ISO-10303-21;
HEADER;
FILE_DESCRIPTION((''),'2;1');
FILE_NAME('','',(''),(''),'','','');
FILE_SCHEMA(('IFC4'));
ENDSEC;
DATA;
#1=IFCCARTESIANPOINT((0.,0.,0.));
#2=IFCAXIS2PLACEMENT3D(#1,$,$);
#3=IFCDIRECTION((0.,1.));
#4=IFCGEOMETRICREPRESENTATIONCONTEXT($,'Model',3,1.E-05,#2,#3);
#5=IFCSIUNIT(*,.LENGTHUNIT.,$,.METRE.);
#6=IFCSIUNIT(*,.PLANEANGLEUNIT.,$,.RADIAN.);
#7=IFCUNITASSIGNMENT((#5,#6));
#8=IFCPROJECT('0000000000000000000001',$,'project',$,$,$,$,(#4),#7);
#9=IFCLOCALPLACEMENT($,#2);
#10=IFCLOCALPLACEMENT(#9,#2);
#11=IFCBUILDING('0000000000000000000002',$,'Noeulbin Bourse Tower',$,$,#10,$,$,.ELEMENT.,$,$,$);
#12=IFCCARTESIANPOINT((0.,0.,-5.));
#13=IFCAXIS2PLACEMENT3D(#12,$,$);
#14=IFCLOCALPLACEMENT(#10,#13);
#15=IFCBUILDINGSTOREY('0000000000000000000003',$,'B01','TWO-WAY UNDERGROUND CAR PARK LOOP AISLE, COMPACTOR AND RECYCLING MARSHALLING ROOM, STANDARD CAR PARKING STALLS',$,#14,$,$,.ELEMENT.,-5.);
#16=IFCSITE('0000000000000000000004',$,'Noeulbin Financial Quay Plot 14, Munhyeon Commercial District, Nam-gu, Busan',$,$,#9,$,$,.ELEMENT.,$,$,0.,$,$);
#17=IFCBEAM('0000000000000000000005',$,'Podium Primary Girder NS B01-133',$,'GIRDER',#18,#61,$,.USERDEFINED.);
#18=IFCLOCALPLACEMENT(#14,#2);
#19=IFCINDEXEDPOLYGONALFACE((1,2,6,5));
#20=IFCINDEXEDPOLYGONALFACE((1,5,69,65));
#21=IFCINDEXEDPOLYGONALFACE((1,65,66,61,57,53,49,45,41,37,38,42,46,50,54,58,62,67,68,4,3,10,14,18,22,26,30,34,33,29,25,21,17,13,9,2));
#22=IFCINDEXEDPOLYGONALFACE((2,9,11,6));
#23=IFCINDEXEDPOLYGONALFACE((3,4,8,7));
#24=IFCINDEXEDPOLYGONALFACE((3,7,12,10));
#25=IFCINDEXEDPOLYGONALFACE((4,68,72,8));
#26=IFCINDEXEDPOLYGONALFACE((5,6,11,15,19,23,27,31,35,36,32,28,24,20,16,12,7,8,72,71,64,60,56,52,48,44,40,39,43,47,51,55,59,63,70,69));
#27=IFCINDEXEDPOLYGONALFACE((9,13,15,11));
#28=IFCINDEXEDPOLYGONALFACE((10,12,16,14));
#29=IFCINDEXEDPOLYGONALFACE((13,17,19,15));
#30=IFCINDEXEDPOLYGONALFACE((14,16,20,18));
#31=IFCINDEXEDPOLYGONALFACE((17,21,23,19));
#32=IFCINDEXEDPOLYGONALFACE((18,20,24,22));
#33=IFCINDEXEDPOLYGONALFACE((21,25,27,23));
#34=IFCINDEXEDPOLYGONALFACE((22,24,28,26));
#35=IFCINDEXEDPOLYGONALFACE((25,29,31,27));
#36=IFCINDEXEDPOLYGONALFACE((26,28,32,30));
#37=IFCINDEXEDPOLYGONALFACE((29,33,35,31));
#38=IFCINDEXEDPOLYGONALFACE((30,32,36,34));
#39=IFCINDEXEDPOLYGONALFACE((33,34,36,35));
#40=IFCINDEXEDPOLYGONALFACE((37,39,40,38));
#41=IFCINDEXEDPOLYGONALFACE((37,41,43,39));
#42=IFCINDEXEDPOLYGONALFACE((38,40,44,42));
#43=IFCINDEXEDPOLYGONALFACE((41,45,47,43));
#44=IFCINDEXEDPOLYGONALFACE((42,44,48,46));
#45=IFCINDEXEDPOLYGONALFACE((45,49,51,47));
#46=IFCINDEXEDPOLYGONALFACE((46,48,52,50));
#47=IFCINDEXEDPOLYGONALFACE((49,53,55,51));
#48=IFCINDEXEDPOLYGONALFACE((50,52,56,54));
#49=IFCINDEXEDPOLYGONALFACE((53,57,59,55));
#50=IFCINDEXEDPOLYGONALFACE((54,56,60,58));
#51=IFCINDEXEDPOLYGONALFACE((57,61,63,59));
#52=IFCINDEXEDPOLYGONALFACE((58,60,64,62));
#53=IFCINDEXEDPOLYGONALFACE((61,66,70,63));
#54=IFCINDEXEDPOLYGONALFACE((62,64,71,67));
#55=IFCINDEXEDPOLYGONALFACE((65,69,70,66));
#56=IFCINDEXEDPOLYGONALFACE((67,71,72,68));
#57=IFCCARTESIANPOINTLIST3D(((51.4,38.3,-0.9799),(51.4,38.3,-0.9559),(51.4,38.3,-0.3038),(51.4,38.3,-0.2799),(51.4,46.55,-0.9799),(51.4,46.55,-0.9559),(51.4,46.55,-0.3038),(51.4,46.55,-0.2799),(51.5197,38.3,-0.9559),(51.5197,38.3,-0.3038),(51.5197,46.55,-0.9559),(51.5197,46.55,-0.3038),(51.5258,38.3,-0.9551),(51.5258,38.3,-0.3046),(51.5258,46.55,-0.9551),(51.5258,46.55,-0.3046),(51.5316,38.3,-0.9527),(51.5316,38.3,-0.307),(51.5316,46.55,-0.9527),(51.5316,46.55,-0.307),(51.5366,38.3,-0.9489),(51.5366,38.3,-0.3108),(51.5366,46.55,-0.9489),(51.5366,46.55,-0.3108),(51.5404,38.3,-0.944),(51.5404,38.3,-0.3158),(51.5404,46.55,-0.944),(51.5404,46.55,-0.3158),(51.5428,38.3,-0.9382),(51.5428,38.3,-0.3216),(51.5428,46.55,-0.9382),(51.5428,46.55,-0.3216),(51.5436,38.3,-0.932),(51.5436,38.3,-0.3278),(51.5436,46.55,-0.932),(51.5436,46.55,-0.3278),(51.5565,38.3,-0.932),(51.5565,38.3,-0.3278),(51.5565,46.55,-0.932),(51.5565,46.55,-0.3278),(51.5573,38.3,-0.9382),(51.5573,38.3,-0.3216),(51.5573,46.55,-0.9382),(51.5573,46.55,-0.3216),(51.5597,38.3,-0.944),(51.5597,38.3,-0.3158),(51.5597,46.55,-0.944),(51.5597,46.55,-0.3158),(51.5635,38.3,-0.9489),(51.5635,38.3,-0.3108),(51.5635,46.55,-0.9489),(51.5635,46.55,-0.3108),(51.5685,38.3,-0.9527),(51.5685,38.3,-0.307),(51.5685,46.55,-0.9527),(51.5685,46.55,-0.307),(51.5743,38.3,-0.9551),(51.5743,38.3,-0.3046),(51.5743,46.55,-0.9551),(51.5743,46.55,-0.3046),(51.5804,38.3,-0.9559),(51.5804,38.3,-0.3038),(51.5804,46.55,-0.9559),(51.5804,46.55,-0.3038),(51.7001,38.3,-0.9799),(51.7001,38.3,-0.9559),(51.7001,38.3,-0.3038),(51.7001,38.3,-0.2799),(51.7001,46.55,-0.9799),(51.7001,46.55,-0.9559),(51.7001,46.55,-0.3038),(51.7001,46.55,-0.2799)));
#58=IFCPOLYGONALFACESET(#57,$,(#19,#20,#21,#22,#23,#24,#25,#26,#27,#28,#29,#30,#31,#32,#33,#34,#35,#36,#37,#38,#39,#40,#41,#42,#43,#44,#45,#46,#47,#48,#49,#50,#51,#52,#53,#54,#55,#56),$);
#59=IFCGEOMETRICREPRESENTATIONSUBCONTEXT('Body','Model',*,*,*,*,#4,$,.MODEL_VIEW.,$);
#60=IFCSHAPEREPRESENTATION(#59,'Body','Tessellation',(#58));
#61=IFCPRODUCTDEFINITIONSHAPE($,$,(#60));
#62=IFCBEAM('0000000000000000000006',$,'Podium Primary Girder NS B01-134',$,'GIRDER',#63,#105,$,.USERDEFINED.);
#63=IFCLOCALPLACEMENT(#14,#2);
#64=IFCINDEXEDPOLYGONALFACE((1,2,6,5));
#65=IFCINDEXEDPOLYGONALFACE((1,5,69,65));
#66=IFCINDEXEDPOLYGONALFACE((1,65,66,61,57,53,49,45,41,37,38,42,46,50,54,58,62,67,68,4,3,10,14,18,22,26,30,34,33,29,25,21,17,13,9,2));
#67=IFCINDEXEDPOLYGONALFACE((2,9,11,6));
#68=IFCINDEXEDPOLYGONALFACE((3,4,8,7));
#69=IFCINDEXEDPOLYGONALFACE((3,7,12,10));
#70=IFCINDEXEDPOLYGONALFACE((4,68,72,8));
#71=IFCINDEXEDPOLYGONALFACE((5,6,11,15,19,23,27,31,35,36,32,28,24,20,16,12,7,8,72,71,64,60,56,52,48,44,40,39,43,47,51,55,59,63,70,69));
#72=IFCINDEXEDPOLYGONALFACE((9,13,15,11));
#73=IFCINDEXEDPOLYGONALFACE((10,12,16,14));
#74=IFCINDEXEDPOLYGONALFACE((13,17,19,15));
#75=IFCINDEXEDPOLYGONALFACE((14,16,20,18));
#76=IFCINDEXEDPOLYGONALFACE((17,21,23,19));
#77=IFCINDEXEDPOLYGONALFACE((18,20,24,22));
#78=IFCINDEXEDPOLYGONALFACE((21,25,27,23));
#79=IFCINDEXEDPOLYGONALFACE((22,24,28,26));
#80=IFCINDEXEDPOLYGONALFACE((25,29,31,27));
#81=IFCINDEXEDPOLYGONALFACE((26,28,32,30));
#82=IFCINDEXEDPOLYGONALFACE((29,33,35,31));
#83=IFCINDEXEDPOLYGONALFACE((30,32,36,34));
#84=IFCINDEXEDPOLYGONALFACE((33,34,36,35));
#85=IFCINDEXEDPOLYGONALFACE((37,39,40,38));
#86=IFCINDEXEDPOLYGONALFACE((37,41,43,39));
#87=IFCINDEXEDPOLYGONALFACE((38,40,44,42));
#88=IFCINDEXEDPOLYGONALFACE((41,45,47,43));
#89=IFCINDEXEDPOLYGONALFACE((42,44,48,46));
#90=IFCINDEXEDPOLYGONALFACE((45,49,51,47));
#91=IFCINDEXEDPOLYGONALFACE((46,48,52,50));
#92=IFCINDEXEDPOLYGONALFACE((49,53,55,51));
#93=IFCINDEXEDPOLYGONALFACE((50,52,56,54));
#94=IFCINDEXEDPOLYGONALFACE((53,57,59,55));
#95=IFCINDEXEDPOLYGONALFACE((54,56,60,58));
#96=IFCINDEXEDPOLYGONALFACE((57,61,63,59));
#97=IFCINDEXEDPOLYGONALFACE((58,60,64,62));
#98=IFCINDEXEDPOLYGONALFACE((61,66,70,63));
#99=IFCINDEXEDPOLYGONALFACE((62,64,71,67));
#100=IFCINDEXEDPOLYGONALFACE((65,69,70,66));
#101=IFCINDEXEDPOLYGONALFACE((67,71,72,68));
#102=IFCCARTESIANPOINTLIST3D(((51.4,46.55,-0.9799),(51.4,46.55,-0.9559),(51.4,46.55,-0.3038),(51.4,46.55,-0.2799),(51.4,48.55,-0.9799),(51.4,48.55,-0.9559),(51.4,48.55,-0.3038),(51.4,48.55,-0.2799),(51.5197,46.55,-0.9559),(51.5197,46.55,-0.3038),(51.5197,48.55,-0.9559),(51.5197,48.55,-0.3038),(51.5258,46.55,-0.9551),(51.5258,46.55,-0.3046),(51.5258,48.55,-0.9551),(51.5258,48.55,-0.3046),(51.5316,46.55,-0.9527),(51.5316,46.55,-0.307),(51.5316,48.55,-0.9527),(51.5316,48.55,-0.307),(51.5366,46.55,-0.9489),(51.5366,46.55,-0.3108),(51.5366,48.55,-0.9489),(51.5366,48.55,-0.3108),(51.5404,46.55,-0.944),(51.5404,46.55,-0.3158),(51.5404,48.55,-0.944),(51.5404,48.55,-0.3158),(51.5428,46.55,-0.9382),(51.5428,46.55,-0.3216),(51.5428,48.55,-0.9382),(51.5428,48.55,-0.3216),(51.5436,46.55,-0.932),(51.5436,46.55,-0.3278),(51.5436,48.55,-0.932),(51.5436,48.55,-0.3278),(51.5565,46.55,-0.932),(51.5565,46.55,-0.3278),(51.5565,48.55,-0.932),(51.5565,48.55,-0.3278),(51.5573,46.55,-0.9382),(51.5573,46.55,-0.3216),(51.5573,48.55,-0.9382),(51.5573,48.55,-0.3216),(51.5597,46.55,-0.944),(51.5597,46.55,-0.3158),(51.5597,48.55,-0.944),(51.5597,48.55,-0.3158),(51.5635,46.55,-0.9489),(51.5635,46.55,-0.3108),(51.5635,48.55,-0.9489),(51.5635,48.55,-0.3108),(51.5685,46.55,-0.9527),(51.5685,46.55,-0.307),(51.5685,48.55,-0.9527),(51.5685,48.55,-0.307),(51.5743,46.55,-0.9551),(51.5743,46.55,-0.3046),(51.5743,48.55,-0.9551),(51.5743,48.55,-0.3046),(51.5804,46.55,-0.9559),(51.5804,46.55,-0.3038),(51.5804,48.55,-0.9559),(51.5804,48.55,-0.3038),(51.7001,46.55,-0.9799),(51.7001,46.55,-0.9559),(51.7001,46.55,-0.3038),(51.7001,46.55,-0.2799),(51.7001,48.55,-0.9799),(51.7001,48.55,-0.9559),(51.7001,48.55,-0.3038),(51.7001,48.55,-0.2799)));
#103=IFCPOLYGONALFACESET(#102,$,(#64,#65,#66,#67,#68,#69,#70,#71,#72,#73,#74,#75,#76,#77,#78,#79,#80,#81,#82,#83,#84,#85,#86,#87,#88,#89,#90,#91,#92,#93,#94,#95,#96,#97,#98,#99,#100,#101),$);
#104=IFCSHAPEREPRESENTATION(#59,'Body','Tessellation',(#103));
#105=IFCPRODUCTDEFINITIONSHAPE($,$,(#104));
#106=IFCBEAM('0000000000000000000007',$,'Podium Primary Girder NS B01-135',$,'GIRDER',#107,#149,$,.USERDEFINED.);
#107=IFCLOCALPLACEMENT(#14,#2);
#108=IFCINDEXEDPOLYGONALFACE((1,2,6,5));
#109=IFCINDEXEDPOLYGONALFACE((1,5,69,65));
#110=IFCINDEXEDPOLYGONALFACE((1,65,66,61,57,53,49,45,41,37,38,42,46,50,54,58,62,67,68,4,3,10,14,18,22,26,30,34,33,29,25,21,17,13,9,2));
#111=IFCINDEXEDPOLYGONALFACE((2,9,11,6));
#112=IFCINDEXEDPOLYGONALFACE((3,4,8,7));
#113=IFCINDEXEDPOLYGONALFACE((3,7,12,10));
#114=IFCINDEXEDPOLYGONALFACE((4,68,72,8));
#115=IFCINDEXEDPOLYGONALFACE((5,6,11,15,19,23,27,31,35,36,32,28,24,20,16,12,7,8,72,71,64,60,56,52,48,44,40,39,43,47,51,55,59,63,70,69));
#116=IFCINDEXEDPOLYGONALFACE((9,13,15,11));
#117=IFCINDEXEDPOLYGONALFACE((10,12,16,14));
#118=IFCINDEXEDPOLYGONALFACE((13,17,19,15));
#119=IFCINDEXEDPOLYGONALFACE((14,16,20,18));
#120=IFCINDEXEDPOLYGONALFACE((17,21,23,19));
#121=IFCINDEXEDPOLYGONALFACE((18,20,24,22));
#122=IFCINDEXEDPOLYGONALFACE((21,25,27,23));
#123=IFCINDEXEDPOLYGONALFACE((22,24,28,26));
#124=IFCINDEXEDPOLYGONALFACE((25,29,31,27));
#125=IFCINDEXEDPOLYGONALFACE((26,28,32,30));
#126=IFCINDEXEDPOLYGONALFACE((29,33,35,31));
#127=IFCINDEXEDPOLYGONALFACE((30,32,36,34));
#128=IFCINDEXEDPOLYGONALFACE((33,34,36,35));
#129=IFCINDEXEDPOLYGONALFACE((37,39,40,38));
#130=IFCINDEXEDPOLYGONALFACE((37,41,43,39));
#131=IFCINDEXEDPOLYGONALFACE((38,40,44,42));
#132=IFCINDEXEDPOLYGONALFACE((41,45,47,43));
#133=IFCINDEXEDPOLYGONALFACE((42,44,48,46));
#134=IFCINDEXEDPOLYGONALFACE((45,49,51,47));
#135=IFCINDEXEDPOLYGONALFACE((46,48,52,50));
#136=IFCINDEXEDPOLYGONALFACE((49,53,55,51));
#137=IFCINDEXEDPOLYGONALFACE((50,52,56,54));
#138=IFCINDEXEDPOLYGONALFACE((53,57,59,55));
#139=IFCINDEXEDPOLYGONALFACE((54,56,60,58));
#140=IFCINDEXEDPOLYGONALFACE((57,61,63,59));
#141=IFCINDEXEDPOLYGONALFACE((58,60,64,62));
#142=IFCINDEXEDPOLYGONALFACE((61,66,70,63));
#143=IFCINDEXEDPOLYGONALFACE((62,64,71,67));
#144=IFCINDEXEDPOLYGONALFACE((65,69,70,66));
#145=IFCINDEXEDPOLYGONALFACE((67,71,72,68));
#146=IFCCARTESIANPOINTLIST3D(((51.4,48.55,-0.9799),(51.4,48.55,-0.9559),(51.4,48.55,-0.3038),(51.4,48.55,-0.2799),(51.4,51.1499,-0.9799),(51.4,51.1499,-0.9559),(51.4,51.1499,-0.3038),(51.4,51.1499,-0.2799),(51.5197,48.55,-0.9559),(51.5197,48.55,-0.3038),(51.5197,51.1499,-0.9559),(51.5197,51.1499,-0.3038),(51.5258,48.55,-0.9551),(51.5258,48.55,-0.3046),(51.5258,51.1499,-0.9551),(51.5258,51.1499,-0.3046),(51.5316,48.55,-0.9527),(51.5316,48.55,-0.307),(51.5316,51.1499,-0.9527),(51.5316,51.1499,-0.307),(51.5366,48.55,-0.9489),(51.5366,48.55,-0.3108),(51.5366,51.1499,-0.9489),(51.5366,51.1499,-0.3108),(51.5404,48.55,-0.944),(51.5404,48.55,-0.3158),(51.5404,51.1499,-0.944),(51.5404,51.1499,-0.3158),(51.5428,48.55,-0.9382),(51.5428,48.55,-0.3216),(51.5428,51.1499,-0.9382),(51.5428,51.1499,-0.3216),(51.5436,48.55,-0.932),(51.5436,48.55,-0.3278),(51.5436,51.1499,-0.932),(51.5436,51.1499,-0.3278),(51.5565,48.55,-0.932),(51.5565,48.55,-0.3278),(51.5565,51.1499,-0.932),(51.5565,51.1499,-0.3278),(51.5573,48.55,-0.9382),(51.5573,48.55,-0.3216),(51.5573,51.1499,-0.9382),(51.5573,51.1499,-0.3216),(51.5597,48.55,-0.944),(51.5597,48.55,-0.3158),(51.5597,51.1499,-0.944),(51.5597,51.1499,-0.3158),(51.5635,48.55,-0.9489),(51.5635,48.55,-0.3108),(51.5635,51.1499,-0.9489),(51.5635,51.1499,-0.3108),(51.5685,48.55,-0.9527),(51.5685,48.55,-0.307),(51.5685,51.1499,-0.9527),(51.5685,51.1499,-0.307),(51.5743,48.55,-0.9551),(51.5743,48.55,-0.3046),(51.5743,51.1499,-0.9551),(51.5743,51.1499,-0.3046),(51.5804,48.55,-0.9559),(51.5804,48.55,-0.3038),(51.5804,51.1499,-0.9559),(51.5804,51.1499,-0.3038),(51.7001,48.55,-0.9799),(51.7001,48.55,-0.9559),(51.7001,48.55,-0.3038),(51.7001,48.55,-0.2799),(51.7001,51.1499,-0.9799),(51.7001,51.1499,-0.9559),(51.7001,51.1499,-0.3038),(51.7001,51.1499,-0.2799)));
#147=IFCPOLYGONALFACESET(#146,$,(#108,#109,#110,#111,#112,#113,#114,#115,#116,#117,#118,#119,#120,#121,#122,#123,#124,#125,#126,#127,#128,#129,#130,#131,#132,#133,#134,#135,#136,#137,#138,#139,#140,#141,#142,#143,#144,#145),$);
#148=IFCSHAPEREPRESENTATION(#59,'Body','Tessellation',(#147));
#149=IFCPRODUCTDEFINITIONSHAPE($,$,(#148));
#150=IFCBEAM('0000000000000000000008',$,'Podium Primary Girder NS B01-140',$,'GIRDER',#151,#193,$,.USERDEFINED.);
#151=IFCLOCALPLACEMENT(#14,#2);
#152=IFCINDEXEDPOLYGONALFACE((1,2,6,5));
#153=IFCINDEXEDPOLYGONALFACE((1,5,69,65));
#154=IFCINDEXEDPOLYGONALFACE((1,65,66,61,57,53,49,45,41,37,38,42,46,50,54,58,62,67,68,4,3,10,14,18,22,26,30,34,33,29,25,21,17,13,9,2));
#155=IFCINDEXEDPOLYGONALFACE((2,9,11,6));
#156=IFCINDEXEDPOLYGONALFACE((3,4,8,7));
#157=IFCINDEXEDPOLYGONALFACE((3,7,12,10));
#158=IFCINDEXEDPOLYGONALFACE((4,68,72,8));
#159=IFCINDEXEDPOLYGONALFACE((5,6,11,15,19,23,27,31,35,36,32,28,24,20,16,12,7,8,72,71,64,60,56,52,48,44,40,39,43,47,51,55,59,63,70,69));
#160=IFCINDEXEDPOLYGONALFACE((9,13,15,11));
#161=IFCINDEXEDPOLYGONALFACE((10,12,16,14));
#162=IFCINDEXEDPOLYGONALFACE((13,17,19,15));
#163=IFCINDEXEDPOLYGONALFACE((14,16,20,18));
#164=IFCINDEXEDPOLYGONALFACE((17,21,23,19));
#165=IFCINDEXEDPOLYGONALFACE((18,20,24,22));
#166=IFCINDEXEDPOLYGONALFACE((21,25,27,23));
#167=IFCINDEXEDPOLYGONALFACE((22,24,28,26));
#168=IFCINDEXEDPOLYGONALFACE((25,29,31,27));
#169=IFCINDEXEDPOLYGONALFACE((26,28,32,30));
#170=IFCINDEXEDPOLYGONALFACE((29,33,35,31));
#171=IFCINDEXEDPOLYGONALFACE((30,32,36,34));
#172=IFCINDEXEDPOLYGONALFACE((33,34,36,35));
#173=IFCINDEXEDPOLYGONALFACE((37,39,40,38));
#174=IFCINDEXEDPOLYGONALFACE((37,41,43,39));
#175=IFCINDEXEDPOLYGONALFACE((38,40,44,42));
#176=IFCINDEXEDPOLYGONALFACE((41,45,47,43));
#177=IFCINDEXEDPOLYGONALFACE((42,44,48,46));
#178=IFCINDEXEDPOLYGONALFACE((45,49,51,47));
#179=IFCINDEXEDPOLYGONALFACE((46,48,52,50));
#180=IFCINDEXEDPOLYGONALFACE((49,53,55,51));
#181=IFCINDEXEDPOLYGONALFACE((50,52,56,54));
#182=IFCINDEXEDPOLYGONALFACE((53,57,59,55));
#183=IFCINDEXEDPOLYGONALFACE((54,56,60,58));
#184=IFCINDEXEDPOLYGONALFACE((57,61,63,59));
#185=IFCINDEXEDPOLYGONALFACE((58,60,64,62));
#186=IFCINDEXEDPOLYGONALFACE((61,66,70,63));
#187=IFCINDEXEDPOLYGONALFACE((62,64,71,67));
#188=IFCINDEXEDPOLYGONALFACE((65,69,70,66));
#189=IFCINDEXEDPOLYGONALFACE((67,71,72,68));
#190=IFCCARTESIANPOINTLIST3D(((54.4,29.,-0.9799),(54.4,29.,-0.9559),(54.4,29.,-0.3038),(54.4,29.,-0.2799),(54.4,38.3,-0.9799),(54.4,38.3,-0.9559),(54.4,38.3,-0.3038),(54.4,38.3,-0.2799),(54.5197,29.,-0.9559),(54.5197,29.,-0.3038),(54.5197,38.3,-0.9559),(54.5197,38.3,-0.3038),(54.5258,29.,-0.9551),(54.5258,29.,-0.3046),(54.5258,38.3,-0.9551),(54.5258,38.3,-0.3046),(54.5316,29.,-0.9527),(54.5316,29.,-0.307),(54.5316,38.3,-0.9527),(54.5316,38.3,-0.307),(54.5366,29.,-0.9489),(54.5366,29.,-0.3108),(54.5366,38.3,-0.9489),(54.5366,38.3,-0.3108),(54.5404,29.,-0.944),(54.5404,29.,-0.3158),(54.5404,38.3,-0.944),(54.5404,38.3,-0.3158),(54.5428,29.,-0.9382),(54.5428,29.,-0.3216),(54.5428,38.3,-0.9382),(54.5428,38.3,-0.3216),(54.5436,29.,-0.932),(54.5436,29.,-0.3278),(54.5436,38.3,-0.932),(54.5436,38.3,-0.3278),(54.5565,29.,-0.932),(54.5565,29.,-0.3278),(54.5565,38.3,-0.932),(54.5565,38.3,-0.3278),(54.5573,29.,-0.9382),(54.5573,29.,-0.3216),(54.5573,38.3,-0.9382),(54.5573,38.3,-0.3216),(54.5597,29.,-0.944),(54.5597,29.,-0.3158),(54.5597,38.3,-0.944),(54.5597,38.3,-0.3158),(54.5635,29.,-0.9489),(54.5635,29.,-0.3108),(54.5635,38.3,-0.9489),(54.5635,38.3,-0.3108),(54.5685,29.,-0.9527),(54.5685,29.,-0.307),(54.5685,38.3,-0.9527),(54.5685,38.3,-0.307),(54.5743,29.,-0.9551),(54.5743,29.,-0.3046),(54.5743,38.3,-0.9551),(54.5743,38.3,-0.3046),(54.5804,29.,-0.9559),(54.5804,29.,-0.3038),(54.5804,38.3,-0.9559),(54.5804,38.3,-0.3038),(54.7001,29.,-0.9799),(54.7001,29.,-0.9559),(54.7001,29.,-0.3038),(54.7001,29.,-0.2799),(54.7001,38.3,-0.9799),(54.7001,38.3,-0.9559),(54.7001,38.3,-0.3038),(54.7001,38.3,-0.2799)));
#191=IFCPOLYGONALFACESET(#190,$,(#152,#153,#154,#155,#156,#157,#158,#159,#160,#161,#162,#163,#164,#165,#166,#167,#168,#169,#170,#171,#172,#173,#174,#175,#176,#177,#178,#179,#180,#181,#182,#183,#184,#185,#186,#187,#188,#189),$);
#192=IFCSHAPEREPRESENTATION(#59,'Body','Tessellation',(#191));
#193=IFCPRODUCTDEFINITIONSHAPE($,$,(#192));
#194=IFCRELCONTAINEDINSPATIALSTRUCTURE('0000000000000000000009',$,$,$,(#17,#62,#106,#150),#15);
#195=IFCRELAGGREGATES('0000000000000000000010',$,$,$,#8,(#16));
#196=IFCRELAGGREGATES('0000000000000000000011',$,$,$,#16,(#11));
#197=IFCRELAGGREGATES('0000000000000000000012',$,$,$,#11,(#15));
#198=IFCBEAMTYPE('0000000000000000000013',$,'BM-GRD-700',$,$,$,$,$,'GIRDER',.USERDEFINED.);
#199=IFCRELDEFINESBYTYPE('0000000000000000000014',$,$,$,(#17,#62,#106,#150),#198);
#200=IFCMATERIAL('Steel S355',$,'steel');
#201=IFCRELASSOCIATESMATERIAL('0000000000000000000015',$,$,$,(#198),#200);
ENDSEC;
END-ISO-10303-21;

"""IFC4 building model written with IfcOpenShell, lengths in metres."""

from ifc_helpers import new_model, si_unit, direction, frame, origin, origin_2d, place, context, subcontext, project, spatial, i_section, extrude, material, material_profile, profile_set, type_object, element, save


model = new_model("IFC4")

# Units and contexts
model_context = context("Model", 3, precision=1e-05, world=origin(), true_north=direction((0.0, 1.0)))
body_context = subcontext(model_context, "Body", "Model", "MODEL_VIEW")
ifc_project = project(units=[si_unit("LENGTHUNIT", "METRE"), si_unit("PLANEANGLEUNIT", "RADIAN")], contexts=[model_context])

# Site, building, storey
site_placement = place(None, origin())
site = spatial("IfcSite", under=ifc_project, at=site_placement, Name="Noeulbin Financial Quay Plot 14, Munhyeon Commercial District, Nam-gu, Busan", CompositionType="ELEMENT", RefElevation=0.0)
building_placement = place(site_placement, origin())
building = spatial("IfcBuilding", under=site, at=building_placement, Name="Noeulbin Bourse Tower", CompositionType="ELEMENT")
storey_placement = place(building_placement, frame((0.0, 0.0, -5.0)))
storey = spatial("IfcBuildingStorey", under=building, at=storey_placement, Name="B01", Description="TWO-WAY UNDERGROUND CAR PARK LOOP AISLE, COMPACTOR AND RECYCLING MARSHALLING ROOM, STANDARD CAR PARKING STALLS", CompositionType="ELEMENT", Elevation=-5.0)

# Beams
ifc_material_1 = material(Name="Steel S355", Category="steel")
ifc_material_profile_1 = material_profile(ifc_material_1, i_section(OverallWidth=0.3, OverallDepth=0.7, WebThickness=0.0129, FlangeThickness=0.0239, FilletRadius=0.0239, at=origin_2d()), Name="H-700x300x13x24", Category="LoadBearing")
ifc_profile_set_1 = profile_set([ifc_material_profile_1], Name="Steel S355")
beam_type_1 = type_object("IfcBeamType", Name="BM-GRD-700", ElementType="GIRDER", PredefinedType="USERDEFINED", material=ifc_profile_set_1)
beam_1_placement = place(storey_placement, frame((51.55, 38.3, -0.6299), z_axis=(0.0, 1.0, 0.0), x_axis=(-1.0, 0.0, 0.0)))
element("IfcBeam", 1, at=beam_1_placement, inside=storey, type_object=beam_type_1, Name="Podium Primary Girder NS B01-133", ObjectType="GIRDER", PredefinedType="USERDEFINED", context=body_context, shape_type="SweptSolid", body=[
    extrude(i_section(OverallWidth=0.3, OverallDepth=0.7, WebThickness=0.0129, FlangeThickness=0.0239, FilletRadius=0.0239, at=origin_2d()), origin(), (0.0, 0.0, 1.0), 8.25),
])
beam_2_placement = place(storey_placement, frame((51.55, 46.55, -0.6299), z_axis=(0.0, 1.0, 0.0), x_axis=(-1.0, 0.0, 0.0)))
element("IfcBeam", 2, at=beam_2_placement, inside=storey, type_object=beam_type_1, Name="Podium Primary Girder NS B01-134", ObjectType="GIRDER", PredefinedType="USERDEFINED", context=body_context, shape_type="SweptSolid", body=[
    extrude(i_section(OverallWidth=0.3, OverallDepth=0.7, WebThickness=0.0129, FlangeThickness=0.0239, FilletRadius=0.0239, at=origin_2d()), origin(), (0.0, 0.0, 1.0), 2.0),
])
beam_3_placement = place(storey_placement, frame((51.55, 48.55, -0.6299), z_axis=(0.0, 1.0, 0.0), x_axis=(-1.0, 0.0, 0.0)))
element("IfcBeam", 3, at=beam_3_placement, inside=storey, type_object=beam_type_1, Name="Podium Primary Girder NS B01-135", ObjectType="GIRDER", PredefinedType="USERDEFINED", context=body_context, shape_type="SweptSolid", body=[
    extrude(i_section(OverallWidth=0.3, OverallDepth=0.7, WebThickness=0.0129, FlangeThickness=0.0239, FilletRadius=0.0239, at=origin_2d()), origin(), (0.0, 0.0, 1.0), 2.5999),
])
beam_4_placement = place(storey_placement, frame((54.55, 29.0, -0.6299), z_axis=(0.0, 1.0, 0.0), x_axis=(-1.0, 0.0, 0.0)))
element("IfcBeam", 4, at=beam_4_placement, inside=storey, type_object=beam_type_1, Name="Podium Primary Girder NS B01-140", ObjectType="GIRDER", PredefinedType="USERDEFINED", context=body_context, shape_type="SweptSolid", body=[
    extrude(i_section(OverallWidth=0.3, OverallDepth=0.7, WebThickness=0.0129, FlangeThickness=0.0239, FilletRadius=0.0239, at=origin_2d()), origin(), (0.0, 0.0, 1.0), 9.3),
])

save(model, "model.ifc")
